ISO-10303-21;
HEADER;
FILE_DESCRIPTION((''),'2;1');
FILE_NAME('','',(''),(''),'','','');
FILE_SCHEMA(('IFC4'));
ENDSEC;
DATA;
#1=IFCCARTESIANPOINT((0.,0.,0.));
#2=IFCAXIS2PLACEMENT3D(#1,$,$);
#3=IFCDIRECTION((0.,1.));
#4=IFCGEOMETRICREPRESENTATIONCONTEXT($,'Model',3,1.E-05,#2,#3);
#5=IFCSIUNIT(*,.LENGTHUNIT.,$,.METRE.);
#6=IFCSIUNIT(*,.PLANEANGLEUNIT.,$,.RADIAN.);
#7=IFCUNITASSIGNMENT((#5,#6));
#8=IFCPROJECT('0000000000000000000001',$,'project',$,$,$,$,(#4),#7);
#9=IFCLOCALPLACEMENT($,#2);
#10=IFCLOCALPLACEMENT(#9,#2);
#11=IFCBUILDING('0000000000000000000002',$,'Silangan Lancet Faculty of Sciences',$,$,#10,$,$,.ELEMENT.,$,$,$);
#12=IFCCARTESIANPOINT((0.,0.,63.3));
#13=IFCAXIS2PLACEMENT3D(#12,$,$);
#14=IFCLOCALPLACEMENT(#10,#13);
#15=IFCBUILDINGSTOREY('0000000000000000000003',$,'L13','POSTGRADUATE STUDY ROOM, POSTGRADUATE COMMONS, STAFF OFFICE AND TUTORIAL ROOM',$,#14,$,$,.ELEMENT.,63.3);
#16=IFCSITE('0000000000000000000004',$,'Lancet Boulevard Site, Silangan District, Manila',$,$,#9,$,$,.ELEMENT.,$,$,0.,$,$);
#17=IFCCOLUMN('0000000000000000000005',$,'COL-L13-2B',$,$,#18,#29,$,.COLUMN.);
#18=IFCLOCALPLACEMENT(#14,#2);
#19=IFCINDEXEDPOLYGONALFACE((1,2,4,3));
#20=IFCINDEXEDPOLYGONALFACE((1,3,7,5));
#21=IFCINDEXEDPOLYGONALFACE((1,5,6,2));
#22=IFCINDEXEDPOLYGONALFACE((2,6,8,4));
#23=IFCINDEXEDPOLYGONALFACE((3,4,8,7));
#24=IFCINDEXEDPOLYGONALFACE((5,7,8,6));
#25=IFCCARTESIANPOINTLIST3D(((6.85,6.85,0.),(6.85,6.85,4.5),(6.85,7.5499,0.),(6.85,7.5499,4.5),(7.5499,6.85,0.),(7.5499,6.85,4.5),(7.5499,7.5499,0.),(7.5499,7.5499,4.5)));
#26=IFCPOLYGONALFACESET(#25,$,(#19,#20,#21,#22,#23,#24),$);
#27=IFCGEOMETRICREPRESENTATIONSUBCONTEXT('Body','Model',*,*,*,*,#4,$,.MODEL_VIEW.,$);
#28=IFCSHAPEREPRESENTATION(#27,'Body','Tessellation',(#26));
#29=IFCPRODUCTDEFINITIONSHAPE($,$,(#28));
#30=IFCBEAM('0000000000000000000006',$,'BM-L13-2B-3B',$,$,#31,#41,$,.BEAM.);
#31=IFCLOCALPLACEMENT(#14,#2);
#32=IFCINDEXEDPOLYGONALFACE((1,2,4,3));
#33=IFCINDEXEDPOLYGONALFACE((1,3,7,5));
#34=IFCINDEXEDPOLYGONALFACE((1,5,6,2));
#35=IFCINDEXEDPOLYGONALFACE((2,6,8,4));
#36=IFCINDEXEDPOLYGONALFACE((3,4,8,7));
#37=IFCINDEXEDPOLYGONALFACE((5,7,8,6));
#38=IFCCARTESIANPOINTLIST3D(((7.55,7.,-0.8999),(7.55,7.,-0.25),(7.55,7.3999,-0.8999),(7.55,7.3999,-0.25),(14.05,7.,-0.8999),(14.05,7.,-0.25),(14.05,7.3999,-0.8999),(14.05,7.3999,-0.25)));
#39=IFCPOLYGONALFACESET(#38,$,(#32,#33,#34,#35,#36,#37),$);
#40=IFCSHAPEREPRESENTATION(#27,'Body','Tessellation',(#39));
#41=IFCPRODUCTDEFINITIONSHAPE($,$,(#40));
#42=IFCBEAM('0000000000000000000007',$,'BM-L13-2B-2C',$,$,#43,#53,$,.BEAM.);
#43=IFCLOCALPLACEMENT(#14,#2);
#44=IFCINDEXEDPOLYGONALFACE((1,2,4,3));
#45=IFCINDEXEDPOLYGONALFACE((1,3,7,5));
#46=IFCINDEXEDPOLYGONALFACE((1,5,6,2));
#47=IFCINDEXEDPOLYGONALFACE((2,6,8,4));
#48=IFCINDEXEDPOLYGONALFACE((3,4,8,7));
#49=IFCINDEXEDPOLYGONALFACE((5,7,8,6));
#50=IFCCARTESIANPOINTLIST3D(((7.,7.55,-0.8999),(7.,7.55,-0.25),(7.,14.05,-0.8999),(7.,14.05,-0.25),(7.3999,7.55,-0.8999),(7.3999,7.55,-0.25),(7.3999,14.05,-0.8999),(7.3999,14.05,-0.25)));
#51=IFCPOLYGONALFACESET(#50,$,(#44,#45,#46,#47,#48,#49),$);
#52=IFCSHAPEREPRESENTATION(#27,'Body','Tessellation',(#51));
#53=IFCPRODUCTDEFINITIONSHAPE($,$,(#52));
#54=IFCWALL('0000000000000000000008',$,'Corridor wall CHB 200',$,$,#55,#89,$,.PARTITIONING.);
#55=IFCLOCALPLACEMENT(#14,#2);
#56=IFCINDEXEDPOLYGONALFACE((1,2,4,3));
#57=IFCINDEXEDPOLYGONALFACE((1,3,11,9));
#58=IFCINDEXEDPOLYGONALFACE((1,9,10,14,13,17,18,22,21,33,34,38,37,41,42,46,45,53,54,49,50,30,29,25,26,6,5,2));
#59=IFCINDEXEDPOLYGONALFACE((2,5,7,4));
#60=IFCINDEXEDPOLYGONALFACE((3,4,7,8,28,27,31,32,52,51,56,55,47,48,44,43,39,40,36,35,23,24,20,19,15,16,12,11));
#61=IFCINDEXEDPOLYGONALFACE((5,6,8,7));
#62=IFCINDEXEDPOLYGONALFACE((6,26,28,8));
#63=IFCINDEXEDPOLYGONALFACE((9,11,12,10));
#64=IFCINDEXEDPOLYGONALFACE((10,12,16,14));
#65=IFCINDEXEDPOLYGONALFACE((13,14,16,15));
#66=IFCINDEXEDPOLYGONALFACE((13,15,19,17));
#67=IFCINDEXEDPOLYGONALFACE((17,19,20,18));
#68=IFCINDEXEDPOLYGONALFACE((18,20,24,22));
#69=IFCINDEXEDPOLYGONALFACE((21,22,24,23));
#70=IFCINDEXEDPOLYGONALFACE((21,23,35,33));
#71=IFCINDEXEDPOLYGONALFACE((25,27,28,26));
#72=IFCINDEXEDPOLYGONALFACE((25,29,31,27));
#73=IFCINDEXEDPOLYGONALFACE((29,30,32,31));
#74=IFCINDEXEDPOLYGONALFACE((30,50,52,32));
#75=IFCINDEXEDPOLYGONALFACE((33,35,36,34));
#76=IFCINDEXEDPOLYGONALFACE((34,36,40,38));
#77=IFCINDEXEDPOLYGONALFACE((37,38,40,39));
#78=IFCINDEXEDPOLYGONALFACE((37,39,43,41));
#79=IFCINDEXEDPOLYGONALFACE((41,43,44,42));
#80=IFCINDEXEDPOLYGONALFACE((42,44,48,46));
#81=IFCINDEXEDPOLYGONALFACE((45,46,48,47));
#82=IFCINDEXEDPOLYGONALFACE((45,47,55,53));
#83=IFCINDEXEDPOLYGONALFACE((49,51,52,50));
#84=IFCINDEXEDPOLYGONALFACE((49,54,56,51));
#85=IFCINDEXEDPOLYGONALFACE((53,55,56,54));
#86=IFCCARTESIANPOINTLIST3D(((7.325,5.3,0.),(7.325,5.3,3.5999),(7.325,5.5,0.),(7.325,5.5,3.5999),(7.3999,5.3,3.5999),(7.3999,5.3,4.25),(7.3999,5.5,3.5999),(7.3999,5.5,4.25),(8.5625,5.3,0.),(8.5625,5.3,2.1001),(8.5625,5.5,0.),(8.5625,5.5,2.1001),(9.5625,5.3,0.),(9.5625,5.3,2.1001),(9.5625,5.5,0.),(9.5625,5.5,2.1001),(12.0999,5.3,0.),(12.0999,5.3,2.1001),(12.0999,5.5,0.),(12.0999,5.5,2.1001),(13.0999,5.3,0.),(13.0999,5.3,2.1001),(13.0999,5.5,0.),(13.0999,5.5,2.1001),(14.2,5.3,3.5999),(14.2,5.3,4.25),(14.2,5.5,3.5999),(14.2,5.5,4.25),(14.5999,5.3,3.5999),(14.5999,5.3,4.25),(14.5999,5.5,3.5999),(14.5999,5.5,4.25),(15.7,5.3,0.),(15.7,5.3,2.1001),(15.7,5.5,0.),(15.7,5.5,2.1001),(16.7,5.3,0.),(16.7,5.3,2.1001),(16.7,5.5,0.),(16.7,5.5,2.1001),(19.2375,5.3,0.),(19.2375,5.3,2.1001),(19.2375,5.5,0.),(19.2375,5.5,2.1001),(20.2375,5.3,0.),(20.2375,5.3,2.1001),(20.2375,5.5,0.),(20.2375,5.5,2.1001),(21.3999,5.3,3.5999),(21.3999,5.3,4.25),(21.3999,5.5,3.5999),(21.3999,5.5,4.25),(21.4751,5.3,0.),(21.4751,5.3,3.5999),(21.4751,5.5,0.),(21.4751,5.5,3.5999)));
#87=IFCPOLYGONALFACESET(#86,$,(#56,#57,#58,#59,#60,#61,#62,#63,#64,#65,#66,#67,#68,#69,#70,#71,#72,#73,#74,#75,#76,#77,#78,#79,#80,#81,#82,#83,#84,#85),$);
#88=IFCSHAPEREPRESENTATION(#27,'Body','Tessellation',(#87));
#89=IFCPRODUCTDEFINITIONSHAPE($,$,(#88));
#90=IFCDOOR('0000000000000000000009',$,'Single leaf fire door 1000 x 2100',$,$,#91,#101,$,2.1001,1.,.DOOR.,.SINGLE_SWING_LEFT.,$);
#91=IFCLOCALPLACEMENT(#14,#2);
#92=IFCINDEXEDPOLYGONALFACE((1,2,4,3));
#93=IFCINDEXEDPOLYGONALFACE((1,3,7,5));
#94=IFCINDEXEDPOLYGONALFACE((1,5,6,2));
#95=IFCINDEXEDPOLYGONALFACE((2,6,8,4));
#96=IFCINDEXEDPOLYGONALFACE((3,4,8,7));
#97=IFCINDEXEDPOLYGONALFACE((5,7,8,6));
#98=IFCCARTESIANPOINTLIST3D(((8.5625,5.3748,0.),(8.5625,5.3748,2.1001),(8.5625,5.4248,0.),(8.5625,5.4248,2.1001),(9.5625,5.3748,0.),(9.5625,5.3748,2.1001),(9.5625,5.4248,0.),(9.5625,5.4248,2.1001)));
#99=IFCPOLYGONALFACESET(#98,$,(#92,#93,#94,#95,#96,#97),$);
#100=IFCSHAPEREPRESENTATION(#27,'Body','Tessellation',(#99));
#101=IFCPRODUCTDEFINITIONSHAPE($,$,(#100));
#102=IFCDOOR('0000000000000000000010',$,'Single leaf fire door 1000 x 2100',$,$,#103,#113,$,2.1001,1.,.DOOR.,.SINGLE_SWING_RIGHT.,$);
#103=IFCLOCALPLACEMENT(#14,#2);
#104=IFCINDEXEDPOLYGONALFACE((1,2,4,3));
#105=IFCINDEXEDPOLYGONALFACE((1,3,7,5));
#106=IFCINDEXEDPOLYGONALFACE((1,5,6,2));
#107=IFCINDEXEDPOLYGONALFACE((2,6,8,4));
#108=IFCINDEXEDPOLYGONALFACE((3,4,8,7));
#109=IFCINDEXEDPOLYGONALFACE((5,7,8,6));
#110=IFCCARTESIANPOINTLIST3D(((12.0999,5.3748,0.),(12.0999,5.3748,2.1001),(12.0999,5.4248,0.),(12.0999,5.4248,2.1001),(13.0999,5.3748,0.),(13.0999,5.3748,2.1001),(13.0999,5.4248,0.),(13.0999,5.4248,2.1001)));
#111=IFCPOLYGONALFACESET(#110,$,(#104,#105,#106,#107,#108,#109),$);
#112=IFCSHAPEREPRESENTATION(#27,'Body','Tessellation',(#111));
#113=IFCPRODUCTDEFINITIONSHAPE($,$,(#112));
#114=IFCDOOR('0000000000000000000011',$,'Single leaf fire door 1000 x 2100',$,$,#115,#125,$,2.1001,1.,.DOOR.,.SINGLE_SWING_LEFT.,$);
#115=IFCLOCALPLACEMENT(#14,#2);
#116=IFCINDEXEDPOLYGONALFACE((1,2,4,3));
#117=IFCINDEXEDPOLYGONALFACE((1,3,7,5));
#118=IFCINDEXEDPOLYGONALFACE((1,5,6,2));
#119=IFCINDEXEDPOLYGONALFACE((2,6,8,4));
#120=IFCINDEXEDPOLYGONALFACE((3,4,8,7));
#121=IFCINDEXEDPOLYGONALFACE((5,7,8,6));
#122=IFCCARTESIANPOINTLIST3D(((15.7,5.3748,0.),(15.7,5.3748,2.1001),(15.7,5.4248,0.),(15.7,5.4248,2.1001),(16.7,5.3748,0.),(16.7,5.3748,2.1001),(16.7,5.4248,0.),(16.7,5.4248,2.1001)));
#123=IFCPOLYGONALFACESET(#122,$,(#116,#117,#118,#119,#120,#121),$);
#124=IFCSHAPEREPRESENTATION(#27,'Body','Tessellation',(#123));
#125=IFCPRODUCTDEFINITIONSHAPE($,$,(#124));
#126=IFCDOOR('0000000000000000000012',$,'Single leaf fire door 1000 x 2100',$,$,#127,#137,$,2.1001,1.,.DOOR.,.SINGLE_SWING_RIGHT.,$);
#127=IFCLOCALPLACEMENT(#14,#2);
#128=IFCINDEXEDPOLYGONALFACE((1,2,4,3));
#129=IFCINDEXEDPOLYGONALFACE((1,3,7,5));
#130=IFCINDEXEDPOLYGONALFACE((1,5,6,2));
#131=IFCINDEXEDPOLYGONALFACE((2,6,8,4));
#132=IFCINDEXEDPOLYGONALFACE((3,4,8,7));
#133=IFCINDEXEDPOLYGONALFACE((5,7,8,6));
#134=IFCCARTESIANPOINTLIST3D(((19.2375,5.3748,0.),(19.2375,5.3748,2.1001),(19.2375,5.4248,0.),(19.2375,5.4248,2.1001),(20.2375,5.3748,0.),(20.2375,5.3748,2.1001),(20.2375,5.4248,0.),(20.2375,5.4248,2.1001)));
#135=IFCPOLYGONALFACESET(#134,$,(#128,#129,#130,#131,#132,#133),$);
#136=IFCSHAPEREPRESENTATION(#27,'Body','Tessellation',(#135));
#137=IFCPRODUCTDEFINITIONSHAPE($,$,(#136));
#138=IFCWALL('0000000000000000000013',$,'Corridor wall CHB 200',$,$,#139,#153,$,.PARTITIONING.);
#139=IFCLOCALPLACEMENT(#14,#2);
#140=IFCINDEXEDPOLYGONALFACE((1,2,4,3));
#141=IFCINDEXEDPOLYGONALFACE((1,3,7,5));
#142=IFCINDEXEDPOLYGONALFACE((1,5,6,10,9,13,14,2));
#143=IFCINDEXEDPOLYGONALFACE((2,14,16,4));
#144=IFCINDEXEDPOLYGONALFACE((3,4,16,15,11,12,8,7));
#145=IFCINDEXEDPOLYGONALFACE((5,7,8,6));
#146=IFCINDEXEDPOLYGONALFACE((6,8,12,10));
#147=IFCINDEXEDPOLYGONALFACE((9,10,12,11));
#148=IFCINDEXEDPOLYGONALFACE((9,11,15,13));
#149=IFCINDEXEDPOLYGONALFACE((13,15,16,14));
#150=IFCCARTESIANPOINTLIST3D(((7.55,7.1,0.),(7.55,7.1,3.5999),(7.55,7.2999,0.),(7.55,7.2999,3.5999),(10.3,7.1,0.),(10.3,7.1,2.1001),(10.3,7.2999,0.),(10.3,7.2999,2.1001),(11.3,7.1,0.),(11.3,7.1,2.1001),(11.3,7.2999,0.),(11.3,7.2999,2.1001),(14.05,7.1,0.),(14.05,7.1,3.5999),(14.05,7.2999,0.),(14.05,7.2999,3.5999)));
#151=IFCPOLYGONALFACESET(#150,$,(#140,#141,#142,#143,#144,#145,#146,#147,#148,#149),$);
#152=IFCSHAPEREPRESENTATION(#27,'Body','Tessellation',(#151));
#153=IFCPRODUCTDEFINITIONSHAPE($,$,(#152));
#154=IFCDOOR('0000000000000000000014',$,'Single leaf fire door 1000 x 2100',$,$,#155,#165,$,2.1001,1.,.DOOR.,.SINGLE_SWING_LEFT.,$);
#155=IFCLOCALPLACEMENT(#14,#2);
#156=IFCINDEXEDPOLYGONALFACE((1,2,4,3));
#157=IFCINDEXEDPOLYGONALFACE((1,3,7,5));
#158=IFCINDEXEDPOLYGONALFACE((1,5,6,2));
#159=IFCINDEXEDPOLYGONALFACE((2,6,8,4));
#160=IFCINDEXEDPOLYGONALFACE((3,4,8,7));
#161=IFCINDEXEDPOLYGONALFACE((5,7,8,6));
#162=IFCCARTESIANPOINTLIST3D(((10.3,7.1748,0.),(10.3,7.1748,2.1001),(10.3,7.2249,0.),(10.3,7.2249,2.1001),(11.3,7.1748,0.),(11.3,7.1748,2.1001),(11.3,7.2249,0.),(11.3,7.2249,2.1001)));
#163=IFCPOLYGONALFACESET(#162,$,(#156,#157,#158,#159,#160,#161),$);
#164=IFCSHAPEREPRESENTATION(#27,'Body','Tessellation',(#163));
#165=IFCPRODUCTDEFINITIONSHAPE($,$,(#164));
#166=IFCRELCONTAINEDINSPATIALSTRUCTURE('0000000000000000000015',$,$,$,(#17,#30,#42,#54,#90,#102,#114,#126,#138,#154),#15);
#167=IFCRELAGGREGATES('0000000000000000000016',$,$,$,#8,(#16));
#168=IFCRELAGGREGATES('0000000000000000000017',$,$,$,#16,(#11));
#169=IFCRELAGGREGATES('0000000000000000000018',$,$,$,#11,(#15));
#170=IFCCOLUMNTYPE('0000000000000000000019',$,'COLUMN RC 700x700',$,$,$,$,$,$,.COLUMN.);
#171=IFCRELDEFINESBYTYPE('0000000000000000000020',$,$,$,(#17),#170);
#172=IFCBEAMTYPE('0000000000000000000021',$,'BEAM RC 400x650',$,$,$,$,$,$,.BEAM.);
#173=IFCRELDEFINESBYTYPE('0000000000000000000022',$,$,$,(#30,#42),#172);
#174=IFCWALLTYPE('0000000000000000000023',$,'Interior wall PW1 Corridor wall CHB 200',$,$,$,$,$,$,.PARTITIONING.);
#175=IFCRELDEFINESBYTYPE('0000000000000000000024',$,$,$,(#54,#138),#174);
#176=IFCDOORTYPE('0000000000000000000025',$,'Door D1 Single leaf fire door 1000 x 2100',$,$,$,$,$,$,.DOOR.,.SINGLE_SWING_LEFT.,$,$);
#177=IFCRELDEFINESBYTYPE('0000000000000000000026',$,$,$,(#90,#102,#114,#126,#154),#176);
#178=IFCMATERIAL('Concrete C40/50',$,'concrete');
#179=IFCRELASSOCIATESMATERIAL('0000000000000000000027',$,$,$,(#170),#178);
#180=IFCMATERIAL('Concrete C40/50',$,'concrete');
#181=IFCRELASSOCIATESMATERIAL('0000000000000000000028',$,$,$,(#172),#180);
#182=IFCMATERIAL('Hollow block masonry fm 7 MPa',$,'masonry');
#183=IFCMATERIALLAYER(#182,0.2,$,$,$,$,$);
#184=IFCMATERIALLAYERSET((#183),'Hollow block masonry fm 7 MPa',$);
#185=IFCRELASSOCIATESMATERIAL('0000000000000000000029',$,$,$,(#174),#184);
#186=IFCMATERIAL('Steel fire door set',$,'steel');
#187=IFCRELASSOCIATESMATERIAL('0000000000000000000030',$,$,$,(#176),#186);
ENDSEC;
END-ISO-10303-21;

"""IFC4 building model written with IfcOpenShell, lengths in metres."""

from ifc_helpers import new_model, si_unit, direction, frame, frame_2d, origin, origin_2d, place, context, subcontext, project, spatial, polyline, rectangle, outline, extrude, material, layer, layer_set, material_profile, profile_set, type_object, element, fill, save


model = new_model("IFC4")

# Units and contexts
model_context = context("Model", 3, precision=1e-05, world=origin(), true_north=direction((0.0, 1.0)))
body_context = subcontext(model_context, "Body", "Model", "MODEL_VIEW")
ifc_project = project(units=[si_unit("LENGTHUNIT", "METRE"), si_unit("PLANEANGLEUNIT", "RADIAN")], contexts=[model_context])

# Site, building, storey
site_placement = place(None, origin())
site = spatial("IfcSite", under=ifc_project, at=site_placement, Name="Lancet Boulevard Site, Silangan District, Manila", CompositionType="ELEMENT", RefElevation=0.0)
building_placement = place(site_placement, origin())
building = spatial("IfcBuilding", under=site, at=building_placement, Name="Silangan Lancet Faculty of Sciences", CompositionType="ELEMENT")
storey_placement = place(building_placement, frame((0.0, 0.0, 63.3)))
storey = spatial("IfcBuildingStorey", under=building, at=storey_placement, Name="L13", Description="POSTGRADUATE STUDY ROOM, POSTGRADUATE COMMONS, STAFF OFFICE AND TUTORIAL ROOM", CompositionType="ELEMENT", Elevation=63.3)

# Column
ifc_material_1 = material(Name="Concrete C40/50", Category="concrete")
ifc_material_profile_1 = material_profile(ifc_material_1, rectangle(XDim=0.7, YDim=0.7, at=origin_2d()), Name="RC 700x700")
ifc_profile_set_1 = profile_set([ifc_material_profile_1], Name="Concrete C40/50")
column_type = type_object("IfcColumnType", Name="COLUMN RC 700x700", PredefinedType="COLUMN", material=ifc_profile_set_1)
column_placement = place(storey_placement, frame((7.2, 7.2, 0.0), z_axis=(0.0, 0.0, 1.0), x_axis=(1.0, 0.0, 0.0)))
element("IfcColumn", 1, at=column_placement, inside=storey, type_object=column_type, Name="COL-L13-2B", PredefinedType="COLUMN", context=body_context, shape_type="SweptSolid", body=[
    extrude(rectangle(XDim=0.7, YDim=0.7, at=origin_2d()), origin(), (0.0, 0.0, 1.0), 4.5),
])

# Beams
ifc_material_2 = material(Name="Concrete C40/50", Category="concrete")
ifc_material_profile_2 = material_profile(ifc_material_2, rectangle(XDim=0.3999, YDim=0.6499, at=origin_2d()), Name="RC 400x650")
ifc_profile_set_2 = profile_set([ifc_material_profile_2], Name="Concrete C40/50")
beam_type = type_object("IfcBeamType", Name="BEAM RC 400x650", PredefinedType="BEAM", material=ifc_profile_set_2)
for number, where, z_axis, x_axis, name in (
    (2, (7.55, 7.2, -0.575), (1.0, 0.0, 0.0), (0.0, 1.0, 0.0), "BM-L13-2B-3B"),
    (3, (7.2, 7.55, -0.575), (0.0, 1.0, 0.0), (-1.0, 0.0, 0.0), "BM-L13-2B-2C"),
):
    element("IfcBeam", number, at=place(storey_placement, frame(where, z_axis=z_axis, x_axis=x_axis)), inside=storey, type_object=beam_type, Name=name, PredefinedType="BEAM", context=body_context, shape_type="SweptSolid", body=[
        extrude(rectangle(XDim=0.3999, YDim=0.6499, at=origin_2d()), origin(), (0.0, 0.0, 1.0), 6.5),
    ])

# Wall, openings, doors
ifc_material_3 = material(Name="Hollow block masonry fm 7 MPa", Category="masonry")
ifc_layer_1 = layer(ifc_material_3, 0.2)
ifc_layer_set_1 = layer_set([ifc_layer_1], Name="Hollow block masonry fm 7 MPa")
wall_type_1 = type_object("IfcWallType", Name="Interior wall PW1 Corridor wall CHB 200", PredefinedType="PARTITIONING", material=ifc_layer_set_1)
wall_1_placement = place(storey_placement, frame((7.325, 5.3999, 0.0), z_axis=(0.0, 0.0, 1.0), x_axis=(1.0, 0.0, 0.0)))
wall_1 = element("IfcWall", 4, at=wall_1_placement, inside=storey, type_object=wall_type_1, Name="Corridor wall CHB 200", PredefinedType="PARTITIONING", context=body_context, shape_type="SweptSolid", body=[
    extrude(outline(polyline([(0.0, 0.0), (14.1501, 0.0), (14.1501, 3.5999), (14.075, 3.5999), (14.075, 4.25), (7.2749, 4.25), (7.2749, 3.5999), (6.875, 3.5999), (6.875, 4.25), (0.075, 4.25), (0.075, 3.5999), (0.0, 3.5999), (0.0, 0.0)])), frame((0.0, 0.1001, 0.0), z_axis=(0.0, -1.0, 0.0), x_axis=(1.0, 0.0, 0.0)), (0.0, 0.0, 1.0), 0.2),
])
opening_1_placement = place(wall_1_placement, frame((1.2375, 0.0, 0.0)))
opening_1 = element("IfcOpeningElement", 5, at=opening_1_placement, cuts=wall_1, PredefinedType="OPENING", context=body_context, shape_type="SweptSolid", body=[
    extrude(rectangle(XDim=1.0, YDim=2.1001, at=frame_2d((0.5, 1.05))), frame((0.0, 0.1099, 0.0), z_axis=(0.0, -1.0, 0.0), x_axis=(1.0, 0.0, 0.0)), (0.0, 0.0, 1.0), 0.22),
])
opening_2_placement = place(wall_1_placement, frame((4.7749, 0.0, 0.0)))
opening_2 = element("IfcOpeningElement", 6, at=opening_2_placement, cuts=wall_1, PredefinedType="OPENING", context=body_context, shape_type="SweptSolid", body=[
    extrude(rectangle(XDim=1.0, YDim=2.1001, at=frame_2d((0.5, 1.05))), frame((0.0, 0.1099, 0.0), z_axis=(0.0, -1.0, 0.0), x_axis=(1.0, 0.0, 0.0)), (0.0, 0.0, 1.0), 0.22),
])
opening_3_placement = place(wall_1_placement, frame((8.375, 0.0, 0.0)))
opening_3 = element("IfcOpeningElement", 7, at=opening_3_placement, cuts=wall_1, PredefinedType="OPENING", context=body_context, shape_type="SweptSolid", body=[
    extrude(rectangle(XDim=1.0, YDim=2.1001, at=frame_2d((0.5, 1.05))), frame((0.0, 0.1099, 0.0), z_axis=(0.0, -1.0, 0.0), x_axis=(1.0, 0.0, 0.0)), (0.0, 0.0, 1.0), 0.22),
])
opening_4_placement = place(wall_1_placement, frame((11.9126, 0.0, 0.0)))
opening_4 = element("IfcOpeningElement", 8, at=opening_4_placement, cuts=wall_1, PredefinedType="OPENING", context=body_context, shape_type="SweptSolid", body=[
    extrude(rectangle(XDim=1.0, YDim=2.1001, at=frame_2d((0.5, 1.05))), frame((0.0, 0.1099, 0.0), z_axis=(0.0, -1.0, 0.0), x_axis=(1.0, 0.0, 0.0)), (0.0, 0.0, 1.0), 0.22),
])
ifc_material_4 = material(Name="Steel fire door set", Category="steel")
door_type_1 = type_object("IfcDoorType", Name="Door D1 Single leaf fire door 1000 x 2100", OperationType="SINGLE_SWING_LEFT", PredefinedType="DOOR", material=ifc_material_4)
door_1_placement = place(opening_1_placement, frame((1.0, 0.0, 0.0), z_axis=(0.0, 0.0, 1.0), x_axis=(-1.0, 0.0, 0.0)))
door_1 = element("IfcDoor", 9, at=door_1_placement, inside=storey, type_object=door_type_1, Name="Single leaf fire door 1000 x 2100", OperationType="SINGLE_SWING_LEFT", OverallHeight=2.1001, OverallWidth=1.0, PredefinedType="DOOR", context=body_context, shape_type="SweptSolid", body=[
    extrude(rectangle(XDim=1.0, YDim=2.1001, at=frame_2d((0.5, 1.05))), frame((0.0, 0.0251, 0.0), z_axis=(0.0, -1.0, 0.0), x_axis=(1.0, 0.0, 0.0)), (0.0, 0.0, 1.0), 0.05),
])
fill(opening_1, door_1)
door_2_placement = place(opening_2_placement, frame((1.0, 0.0, 0.0), z_axis=(0.0, 0.0, 1.0), x_axis=(-1.0, 0.0, 0.0)))
door_2 = element("IfcDoor", 10, at=door_2_placement, inside=storey, type_object=door_type_1, Name="Single leaf fire door 1000 x 2100", OperationType="SINGLE_SWING_RIGHT", OverallHeight=2.1001, OverallWidth=1.0, PredefinedType="DOOR", context=body_context, shape_type="SweptSolid", body=[
    extrude(rectangle(XDim=1.0, YDim=2.1001, at=frame_2d((0.5, 1.05))), frame((0.0, 0.0251, 0.0), z_axis=(0.0, -1.0, 0.0), x_axis=(1.0, 0.0, 0.0)), (0.0, 0.0, 1.0), 0.05),
])
fill(opening_2, door_2)
door_3_placement = place(opening_3_placement, frame((1.0, 0.0, 0.0), z_axis=(0.0, 0.0, 1.0), x_axis=(-1.0, 0.0, 0.0)))
door_3 = element("IfcDoor", 11, at=door_3_placement, inside=storey, type_object=door_type_1, Name="Single leaf fire door 1000 x 2100", OperationType="SINGLE_SWING_LEFT", OverallHeight=2.1001, OverallWidth=1.0, PredefinedType="DOOR", context=body_context, shape_type="SweptSolid", body=[
    extrude(rectangle(XDim=1.0, YDim=2.1001, at=frame_2d((0.5, 1.05))), frame((0.0, 0.0251, 0.0), z_axis=(0.0, -1.0, 0.0), x_axis=(1.0, 0.0, 0.0)), (0.0, 0.0, 1.0), 0.05),
])
fill(opening_3, door_3)
door_4_placement = place(opening_4_placement, frame((1.0, 0.0, 0.0), z_axis=(0.0, 0.0, 1.0), x_axis=(-1.0, 0.0, 0.0)))
door_4 = element("IfcDoor", 12, at=door_4_placement, inside=storey, type_object=door_type_1, Name="Single leaf fire door 1000 x 2100", OperationType="SINGLE_SWING_RIGHT", OverallHeight=2.1001, OverallWidth=1.0, PredefinedType="DOOR", context=body_context, shape_type="SweptSolid", body=[
    extrude(rectangle(XDim=1.0, YDim=2.1001, at=frame_2d((0.5, 1.05))), frame((0.0, 0.0251, 0.0), z_axis=(0.0, -1.0, 0.0), x_axis=(1.0, 0.0, 0.0)), (0.0, 0.0, 1.0), 0.05),
])
fill(opening_4, door_4)

# Wall, opening, door
wall_2_placement = place(storey_placement, frame((7.55, 7.2, 0.0), z_axis=(0.0, 0.0, 1.0), x_axis=(1.0, 0.0, 0.0)))
wall_2 = element("IfcWall", 13, at=wall_2_placement, inside=storey, type_object=wall_type_1, Name="Corridor wall CHB 200", PredefinedType="PARTITIONING", context=body_context, shape_type="SweptSolid", body=[
    extrude(rectangle(XDim=6.5, YDim=0.2, at=frame_2d((3.25, 0.0))), origin(), (0.0, 0.0, 1.0), 3.5999),
])
opening_5_placement = place(wall_2_placement, frame((2.75, 0.0, 0.0)))
opening_5 = element("IfcOpeningElement", 14, at=opening_5_placement, cuts=wall_2, PredefinedType="OPENING", context=body_context, shape_type="SweptSolid", body=[
    extrude(rectangle(XDim=1.0, YDim=2.1001, at=frame_2d((0.5, 1.05))), frame((0.0, 0.1099, 0.0), z_axis=(0.0, -1.0, 0.0), x_axis=(1.0, 0.0, 0.0)), (0.0, 0.0, 1.0), 0.22),
])
door_5_placement = place(opening_5_placement, frame((1.0, 0.0, 0.0), z_axis=(0.0, 0.0, 1.0), x_axis=(-1.0, 0.0, 0.0)))
door_5 = element("IfcDoor", 15, at=door_5_placement, inside=storey, type_object=door_type_1, Name="Single leaf fire door 1000 x 2100", OperationType="SINGLE_SWING_LEFT", OverallHeight=2.1001, OverallWidth=1.0, PredefinedType="DOOR", context=body_context, shape_type="SweptSolid", body=[
    extrude(rectangle(XDim=1.0, YDim=2.1001, at=frame_2d((0.5, 1.05))), frame((0.0, 0.0251, 0.0), z_axis=(0.0, -1.0, 0.0), x_axis=(1.0, 0.0, 0.0)), (0.0, 0.0, 1.0), 0.05),
])
fill(opening_5, door_5)

save(model, "model.ifc")
